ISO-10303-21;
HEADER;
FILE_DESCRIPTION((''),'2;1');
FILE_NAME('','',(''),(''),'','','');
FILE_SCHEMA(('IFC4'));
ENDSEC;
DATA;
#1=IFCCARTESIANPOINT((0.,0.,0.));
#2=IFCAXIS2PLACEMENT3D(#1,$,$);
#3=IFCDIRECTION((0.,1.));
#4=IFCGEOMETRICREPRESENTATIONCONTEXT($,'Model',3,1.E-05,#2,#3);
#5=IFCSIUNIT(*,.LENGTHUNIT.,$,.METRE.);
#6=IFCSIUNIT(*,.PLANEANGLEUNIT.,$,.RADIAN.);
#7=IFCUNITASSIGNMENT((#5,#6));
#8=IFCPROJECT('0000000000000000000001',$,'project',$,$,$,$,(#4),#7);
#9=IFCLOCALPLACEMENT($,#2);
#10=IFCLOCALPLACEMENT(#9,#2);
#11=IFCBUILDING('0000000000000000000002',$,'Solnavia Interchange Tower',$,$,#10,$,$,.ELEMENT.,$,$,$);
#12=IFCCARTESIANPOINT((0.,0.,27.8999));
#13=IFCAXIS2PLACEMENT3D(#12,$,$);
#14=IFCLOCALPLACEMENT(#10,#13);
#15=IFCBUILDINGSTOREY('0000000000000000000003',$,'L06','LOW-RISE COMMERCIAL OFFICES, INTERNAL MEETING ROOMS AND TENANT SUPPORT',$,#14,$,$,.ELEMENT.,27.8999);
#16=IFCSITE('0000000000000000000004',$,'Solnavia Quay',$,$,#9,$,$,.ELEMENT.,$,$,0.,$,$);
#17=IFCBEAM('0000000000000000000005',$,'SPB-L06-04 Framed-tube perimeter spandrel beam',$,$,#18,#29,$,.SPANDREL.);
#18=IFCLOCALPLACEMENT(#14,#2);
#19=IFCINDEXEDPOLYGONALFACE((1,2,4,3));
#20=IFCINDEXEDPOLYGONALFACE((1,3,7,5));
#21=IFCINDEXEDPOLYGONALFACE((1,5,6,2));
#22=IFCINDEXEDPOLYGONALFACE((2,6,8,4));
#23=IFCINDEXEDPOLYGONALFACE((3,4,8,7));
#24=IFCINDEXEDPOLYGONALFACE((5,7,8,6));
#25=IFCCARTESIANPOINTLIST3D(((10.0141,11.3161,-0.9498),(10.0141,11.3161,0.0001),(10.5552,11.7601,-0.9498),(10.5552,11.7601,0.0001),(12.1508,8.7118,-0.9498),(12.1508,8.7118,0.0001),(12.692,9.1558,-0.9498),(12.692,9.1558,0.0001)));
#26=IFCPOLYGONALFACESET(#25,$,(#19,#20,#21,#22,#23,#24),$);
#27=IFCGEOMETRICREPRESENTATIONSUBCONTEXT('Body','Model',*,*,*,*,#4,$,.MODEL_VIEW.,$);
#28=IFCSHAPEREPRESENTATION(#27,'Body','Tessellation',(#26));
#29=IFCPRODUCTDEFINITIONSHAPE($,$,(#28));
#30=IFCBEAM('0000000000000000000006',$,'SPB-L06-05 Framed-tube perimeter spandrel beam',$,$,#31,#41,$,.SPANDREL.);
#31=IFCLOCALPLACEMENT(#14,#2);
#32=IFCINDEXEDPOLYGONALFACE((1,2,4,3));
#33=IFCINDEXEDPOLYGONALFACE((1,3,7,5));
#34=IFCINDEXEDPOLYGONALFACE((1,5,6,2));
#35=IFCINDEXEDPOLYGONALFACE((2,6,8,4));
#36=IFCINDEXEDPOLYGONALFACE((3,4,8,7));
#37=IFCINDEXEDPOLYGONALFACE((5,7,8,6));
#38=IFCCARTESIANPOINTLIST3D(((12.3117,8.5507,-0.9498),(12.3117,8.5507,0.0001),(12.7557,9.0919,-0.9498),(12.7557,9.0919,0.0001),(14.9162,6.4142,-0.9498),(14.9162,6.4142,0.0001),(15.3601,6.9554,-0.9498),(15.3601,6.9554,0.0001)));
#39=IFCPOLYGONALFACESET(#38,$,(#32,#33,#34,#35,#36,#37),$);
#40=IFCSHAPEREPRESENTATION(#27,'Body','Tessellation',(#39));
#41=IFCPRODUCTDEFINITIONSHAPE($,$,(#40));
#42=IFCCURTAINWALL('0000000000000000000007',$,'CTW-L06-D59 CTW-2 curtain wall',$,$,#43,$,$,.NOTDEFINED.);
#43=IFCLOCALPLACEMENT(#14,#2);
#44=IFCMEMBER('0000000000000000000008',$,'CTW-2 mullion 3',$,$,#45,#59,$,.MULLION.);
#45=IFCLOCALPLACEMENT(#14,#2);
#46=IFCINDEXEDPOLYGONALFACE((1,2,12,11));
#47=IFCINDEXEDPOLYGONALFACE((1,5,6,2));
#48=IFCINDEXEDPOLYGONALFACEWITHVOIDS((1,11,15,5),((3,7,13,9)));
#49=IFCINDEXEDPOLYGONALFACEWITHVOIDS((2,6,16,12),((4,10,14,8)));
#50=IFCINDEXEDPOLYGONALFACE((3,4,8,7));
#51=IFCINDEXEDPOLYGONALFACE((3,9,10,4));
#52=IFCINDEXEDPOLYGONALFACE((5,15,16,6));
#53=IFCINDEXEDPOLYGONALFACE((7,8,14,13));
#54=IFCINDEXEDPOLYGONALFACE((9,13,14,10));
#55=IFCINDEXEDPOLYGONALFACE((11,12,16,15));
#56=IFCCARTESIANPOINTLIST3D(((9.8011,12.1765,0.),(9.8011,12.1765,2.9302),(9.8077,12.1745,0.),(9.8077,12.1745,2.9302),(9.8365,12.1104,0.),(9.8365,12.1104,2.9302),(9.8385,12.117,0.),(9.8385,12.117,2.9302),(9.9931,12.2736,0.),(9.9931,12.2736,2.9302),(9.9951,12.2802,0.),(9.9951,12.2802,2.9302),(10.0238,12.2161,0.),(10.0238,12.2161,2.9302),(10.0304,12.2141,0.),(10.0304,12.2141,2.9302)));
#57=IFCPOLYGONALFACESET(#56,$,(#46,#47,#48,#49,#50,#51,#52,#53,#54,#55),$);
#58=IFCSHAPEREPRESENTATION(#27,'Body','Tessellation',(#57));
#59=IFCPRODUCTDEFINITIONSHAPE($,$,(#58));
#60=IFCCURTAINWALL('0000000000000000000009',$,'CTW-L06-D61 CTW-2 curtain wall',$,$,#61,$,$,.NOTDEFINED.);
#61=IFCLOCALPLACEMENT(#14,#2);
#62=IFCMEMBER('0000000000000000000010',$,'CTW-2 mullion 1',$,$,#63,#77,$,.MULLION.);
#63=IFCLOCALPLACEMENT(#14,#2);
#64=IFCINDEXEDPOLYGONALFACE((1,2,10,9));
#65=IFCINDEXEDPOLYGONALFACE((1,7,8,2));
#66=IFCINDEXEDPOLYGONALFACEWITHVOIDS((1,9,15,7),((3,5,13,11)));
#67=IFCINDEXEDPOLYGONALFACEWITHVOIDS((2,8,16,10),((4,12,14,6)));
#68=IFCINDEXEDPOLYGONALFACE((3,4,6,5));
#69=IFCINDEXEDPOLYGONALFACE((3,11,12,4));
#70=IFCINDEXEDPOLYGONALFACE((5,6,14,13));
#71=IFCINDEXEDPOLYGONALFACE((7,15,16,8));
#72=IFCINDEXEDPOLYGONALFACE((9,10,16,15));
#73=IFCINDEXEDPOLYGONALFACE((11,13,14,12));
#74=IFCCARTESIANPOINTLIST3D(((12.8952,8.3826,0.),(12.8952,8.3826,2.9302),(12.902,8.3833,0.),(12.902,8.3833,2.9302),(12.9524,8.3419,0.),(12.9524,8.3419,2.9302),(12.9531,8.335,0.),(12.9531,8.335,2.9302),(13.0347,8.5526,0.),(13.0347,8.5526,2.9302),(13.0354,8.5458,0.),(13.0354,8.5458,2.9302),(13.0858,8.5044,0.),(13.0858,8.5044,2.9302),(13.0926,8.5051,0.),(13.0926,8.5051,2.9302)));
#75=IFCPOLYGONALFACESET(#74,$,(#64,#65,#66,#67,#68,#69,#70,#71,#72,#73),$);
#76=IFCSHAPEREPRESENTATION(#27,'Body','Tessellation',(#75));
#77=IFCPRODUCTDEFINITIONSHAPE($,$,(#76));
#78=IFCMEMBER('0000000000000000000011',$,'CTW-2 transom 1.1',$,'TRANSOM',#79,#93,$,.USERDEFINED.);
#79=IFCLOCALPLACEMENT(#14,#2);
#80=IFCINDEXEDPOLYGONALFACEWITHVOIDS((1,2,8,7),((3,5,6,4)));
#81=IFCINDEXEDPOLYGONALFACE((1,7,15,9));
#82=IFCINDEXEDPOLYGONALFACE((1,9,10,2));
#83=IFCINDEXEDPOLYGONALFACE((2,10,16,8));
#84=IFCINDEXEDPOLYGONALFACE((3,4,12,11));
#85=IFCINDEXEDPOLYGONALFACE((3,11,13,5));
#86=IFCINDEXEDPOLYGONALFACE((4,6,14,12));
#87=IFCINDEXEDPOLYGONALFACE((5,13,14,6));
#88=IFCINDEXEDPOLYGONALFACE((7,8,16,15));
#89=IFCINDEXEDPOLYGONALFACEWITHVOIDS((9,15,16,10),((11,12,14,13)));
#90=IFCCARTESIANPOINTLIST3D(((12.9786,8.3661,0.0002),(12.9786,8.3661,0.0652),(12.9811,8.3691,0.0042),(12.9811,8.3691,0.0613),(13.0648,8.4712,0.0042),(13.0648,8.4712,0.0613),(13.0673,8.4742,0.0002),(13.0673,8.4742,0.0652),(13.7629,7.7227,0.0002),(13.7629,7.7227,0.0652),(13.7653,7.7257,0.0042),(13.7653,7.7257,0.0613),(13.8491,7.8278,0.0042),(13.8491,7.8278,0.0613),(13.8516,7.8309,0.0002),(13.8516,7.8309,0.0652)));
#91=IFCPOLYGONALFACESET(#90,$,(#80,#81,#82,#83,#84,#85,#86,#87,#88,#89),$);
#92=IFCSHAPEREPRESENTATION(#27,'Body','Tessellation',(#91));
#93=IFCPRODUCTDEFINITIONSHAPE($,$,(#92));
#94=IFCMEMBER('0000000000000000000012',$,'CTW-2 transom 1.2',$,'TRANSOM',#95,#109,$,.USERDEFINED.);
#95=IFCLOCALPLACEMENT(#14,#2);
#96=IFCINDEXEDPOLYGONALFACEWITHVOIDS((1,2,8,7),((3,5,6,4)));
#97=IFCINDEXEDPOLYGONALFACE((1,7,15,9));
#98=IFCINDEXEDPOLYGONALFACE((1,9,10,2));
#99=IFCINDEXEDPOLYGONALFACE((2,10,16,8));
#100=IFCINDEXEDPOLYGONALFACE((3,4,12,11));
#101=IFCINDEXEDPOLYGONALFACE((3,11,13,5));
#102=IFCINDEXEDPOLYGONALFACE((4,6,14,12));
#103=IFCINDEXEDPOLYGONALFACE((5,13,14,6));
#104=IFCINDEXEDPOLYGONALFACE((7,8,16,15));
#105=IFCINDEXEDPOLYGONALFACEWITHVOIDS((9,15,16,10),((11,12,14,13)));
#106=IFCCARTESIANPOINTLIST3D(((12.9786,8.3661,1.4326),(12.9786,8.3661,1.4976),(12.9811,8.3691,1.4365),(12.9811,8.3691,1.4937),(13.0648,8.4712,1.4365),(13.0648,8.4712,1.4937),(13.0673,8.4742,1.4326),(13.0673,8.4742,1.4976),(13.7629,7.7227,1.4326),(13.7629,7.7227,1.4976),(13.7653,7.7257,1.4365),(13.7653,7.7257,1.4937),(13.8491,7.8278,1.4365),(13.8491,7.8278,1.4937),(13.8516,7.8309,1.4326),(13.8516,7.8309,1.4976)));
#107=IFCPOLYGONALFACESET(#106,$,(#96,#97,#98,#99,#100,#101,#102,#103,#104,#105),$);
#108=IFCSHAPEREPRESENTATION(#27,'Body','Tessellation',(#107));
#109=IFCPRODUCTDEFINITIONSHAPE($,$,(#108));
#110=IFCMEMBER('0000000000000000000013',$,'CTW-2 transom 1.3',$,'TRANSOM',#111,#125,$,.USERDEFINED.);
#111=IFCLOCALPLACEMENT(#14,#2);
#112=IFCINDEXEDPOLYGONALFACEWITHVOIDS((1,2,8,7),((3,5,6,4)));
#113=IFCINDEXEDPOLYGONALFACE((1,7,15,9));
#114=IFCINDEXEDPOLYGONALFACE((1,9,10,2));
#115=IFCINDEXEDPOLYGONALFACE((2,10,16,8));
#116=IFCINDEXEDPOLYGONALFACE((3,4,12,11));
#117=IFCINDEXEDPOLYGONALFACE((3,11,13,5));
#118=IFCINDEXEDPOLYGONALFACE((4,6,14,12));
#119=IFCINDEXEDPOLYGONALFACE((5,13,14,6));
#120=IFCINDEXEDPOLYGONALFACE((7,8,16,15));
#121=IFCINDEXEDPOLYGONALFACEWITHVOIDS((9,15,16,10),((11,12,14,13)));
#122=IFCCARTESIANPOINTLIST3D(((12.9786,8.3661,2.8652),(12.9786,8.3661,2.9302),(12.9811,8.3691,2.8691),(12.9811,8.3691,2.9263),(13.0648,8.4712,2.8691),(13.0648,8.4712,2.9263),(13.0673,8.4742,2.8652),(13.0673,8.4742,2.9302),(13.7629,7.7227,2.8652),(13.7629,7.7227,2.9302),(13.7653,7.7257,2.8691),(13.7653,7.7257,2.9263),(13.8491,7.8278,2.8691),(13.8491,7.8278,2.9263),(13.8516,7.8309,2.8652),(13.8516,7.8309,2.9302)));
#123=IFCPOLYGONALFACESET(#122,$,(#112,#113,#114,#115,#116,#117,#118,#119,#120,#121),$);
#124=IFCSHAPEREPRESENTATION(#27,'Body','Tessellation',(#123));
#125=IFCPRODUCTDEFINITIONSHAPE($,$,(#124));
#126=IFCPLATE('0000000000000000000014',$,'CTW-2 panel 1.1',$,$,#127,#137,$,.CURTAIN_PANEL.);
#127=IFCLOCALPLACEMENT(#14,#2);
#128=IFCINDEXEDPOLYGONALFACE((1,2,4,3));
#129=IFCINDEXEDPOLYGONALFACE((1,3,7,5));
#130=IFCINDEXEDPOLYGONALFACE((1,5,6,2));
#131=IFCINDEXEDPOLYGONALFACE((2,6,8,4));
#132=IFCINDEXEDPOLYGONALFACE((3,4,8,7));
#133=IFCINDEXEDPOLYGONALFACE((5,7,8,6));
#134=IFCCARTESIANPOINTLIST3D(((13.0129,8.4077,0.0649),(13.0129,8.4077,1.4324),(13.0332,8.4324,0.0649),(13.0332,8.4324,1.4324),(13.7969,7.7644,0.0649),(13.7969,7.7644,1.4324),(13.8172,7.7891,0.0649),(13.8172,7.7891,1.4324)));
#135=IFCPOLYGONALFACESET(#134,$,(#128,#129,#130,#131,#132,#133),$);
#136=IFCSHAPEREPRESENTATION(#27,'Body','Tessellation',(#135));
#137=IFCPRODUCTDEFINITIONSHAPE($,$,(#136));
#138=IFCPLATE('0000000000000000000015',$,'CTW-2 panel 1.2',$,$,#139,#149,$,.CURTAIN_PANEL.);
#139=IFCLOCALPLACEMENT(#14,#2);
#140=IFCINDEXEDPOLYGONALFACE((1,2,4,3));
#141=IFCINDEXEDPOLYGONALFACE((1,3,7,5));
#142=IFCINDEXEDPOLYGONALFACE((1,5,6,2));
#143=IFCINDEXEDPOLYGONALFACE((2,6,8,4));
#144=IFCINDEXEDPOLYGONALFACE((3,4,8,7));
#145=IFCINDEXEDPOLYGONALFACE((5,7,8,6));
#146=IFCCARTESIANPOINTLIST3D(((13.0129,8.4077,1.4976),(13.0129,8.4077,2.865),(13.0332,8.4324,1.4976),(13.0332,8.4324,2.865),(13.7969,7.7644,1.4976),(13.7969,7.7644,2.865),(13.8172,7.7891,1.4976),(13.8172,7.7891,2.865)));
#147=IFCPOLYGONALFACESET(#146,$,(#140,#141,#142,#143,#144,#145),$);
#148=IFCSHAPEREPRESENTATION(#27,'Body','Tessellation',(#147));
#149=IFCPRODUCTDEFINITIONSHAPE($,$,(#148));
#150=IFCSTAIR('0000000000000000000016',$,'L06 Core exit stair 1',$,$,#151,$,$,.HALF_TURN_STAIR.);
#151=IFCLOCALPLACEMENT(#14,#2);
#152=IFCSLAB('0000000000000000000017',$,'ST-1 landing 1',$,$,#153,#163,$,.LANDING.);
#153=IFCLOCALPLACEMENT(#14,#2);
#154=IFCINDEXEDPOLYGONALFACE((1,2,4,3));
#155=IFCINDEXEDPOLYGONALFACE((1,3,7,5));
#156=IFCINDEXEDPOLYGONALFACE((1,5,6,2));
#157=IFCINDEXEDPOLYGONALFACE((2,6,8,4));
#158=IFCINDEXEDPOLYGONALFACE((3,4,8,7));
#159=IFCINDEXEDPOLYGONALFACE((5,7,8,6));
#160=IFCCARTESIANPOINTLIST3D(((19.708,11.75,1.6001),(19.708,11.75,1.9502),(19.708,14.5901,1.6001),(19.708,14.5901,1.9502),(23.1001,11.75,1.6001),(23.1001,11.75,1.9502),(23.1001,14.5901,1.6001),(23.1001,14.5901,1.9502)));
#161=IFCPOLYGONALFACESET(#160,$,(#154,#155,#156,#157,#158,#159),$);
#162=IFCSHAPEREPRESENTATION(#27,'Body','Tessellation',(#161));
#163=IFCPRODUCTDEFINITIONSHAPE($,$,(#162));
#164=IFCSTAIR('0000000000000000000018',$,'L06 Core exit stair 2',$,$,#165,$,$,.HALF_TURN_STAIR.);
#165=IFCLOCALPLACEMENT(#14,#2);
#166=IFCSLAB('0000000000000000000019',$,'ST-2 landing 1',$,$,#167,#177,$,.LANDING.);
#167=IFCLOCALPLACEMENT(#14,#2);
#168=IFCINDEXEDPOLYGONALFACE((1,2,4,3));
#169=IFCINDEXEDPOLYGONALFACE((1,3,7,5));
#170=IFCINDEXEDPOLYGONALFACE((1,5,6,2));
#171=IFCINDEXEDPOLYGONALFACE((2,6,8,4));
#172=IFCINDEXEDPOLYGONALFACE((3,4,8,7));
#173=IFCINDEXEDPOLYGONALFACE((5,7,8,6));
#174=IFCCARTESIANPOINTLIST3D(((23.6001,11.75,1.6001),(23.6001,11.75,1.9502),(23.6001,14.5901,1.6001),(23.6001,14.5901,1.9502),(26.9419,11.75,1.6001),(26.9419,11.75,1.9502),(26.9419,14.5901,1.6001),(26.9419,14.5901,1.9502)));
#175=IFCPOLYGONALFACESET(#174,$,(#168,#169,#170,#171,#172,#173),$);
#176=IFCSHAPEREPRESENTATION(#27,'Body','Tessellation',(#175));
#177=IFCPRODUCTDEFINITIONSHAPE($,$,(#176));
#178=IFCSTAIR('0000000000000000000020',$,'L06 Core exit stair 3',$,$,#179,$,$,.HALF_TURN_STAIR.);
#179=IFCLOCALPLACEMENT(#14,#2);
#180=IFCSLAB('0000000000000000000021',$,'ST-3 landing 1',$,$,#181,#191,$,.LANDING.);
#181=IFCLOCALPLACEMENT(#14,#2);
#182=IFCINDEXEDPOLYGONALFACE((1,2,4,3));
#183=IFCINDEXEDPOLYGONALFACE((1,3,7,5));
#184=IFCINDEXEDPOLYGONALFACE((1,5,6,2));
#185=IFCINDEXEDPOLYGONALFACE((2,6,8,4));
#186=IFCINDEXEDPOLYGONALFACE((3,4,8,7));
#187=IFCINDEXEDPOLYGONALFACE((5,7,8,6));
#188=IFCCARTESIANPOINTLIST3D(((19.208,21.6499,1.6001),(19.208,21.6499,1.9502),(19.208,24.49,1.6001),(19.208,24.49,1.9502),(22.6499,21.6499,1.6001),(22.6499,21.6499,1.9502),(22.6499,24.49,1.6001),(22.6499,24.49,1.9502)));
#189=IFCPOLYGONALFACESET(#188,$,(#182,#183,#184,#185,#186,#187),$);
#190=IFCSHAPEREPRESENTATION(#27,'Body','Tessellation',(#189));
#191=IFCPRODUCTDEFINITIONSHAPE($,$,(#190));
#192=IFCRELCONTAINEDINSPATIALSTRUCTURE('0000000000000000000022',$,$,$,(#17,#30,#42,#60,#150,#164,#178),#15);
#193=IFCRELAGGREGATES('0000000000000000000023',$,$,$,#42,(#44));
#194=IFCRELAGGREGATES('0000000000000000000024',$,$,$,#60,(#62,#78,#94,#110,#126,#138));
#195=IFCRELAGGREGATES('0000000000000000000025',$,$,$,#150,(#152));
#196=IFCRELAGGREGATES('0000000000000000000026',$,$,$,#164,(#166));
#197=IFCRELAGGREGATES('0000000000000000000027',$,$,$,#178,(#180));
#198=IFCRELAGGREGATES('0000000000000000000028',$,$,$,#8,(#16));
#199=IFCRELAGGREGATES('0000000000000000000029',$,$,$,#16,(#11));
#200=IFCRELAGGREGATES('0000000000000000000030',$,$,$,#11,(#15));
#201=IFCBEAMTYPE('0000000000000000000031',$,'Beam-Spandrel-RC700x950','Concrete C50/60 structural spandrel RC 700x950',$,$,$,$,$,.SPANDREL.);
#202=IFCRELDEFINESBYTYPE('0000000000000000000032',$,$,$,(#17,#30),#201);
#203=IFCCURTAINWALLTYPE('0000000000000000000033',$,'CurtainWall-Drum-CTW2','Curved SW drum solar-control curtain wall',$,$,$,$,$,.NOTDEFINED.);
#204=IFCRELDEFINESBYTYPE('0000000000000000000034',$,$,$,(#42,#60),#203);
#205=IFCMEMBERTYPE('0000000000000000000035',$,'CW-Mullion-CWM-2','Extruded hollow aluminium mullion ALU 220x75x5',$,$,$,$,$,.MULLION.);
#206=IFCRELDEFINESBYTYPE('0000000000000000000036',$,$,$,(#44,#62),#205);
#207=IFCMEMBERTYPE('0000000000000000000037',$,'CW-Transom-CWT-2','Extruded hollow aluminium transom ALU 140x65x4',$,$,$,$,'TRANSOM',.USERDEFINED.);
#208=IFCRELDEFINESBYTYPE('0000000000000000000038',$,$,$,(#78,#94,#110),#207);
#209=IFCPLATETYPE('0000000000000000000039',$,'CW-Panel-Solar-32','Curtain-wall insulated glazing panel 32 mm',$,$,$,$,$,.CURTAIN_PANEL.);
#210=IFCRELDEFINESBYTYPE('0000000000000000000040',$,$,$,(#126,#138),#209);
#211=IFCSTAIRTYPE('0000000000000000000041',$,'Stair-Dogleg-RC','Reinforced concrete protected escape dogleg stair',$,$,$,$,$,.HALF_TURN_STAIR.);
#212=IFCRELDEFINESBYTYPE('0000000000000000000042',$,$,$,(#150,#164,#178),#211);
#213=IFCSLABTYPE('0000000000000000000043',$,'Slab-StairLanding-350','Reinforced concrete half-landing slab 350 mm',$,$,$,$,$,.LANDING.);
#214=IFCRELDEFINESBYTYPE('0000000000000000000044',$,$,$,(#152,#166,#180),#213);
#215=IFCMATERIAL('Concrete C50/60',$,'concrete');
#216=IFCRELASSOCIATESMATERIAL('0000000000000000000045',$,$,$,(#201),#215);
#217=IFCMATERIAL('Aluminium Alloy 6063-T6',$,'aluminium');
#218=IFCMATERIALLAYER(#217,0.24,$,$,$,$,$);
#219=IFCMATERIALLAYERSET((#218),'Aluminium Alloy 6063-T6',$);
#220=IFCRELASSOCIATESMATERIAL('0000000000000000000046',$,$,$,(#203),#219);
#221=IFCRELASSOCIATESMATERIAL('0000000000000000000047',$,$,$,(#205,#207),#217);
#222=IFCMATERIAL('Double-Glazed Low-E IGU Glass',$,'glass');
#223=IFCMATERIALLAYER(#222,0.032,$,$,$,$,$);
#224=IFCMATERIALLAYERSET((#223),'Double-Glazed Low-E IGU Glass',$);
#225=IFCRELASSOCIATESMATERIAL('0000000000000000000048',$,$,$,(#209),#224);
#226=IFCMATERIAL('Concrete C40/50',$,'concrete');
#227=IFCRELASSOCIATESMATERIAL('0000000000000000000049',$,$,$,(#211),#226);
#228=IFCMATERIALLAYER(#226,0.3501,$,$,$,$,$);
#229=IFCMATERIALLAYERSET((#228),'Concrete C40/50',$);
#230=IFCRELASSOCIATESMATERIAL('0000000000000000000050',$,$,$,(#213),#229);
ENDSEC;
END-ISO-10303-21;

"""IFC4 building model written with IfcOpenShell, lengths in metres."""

from ifc_helpers import new_model, si_unit, direction, frame, origin, origin_2d, place, context, subcontext, project, spatial, polyline, rectangle, hollow_rectangle, outline, extrude, material, layer, layer_set, material_profile, profile_set, type_object, element, aggregate, save


model = new_model("IFC4")

# Units and contexts
model_context = context("Model", 3, precision=1e-05, world=origin(), true_north=direction((0.0, 1.0)))
body_context = subcontext(model_context, "Body", "Model", "MODEL_VIEW")
ifc_project = project(units=[si_unit("LENGTHUNIT", "METRE"), si_unit("PLANEANGLEUNIT", "RADIAN")], contexts=[model_context])

# Site, building, storey
site_placement = place(None, origin())
site = spatial("IfcSite", under=ifc_project, at=site_placement, Name="Solnavia Quay", CompositionType="ELEMENT", RefElevation=0.0)
building_placement = place(site_placement, origin())
building = spatial("IfcBuilding", under=site, at=building_placement, Name="Solnavia Interchange Tower", CompositionType="ELEMENT")
storey_placement = place(building_placement, frame((0.0, 0.0, 27.8999)))
storey = spatial("IfcBuildingStorey", under=building, at=storey_placement, Name="L06", Description="LOW-RISE COMMERCIAL OFFICES, INTERNAL MEETING ROOMS AND TENANT SUPPORT", CompositionType="ELEMENT", Elevation=27.8999)

# Beams
ifc_material_1 = material(Name="Concrete C50/60", Category="concrete")
ifc_material_profile_1 = material_profile(ifc_material_1, rectangle(XDim=0.7, YDim=0.95, at=origin_2d()), Name="RC 700x950")
ifc_profile_set_1 = profile_set([ifc_material_profile_1], Name="Concrete C50/60")
beam_type_1 = type_object("IfcBeamType", Name="Beam-Spandrel-RC700x950", Description="Concrete C50/60 structural spandrel RC 700x950", PredefinedType="SPANDREL", material=ifc_profile_set_1)
for number, where, z_axis, x_axis, name in (
    (1, (10.2847, 11.5381, -0.4749), (0.634299, -0.773088, 0.0), (0.773088, 0.634299, 0.0), "SPB-L06-04 Framed-tube perimeter spandrel beam"),
    (2, (12.5337, 8.8213, -0.4749), (0.773153, -0.63422, 0.0), (0.63422, 0.773153, 0.0), "SPB-L06-05 Framed-tube perimeter spandrel beam"),
):
    element("IfcBeam", number, at=place(storey_placement, frame(where, z_axis=z_axis, x_axis=x_axis)), inside=storey, type_object=beam_type_1, Name=name, PredefinedType="SPANDREL", context=body_context, shape_type="SweptSolid", body=[
        extrude(rectangle(XDim=0.7, YDim=0.95, at=origin_2d()), origin(), (0.0, 0.0, 1.0), 3.3687),
    ])

# Curtain wall, member
ifc_material_2 = material(Name="Aluminium Alloy 6063-T6", Category="aluminium")
ifc_layer_1 = layer(ifc_material_2, 0.24)
ifc_layer_set_1 = layer_set([ifc_layer_1], Name="Aluminium Alloy 6063-T6")
curtain_wall_type = type_object("IfcCurtainWallType", Name="CurtainWall-Drum-CTW2", Description="Curved SW drum solar-control curtain wall", PredefinedType="NOTDEFINED", material=ifc_layer_set_1)
curtain_wall_1_placement = place(storey_placement, origin())
curtain_wall_1 = element("IfcCurtainWall", 3, at=curtain_wall_1_placement, inside=storey, type_object=curtain_wall_type, Name="CTW-L06-D59 CTW-2 curtain wall", PredefinedType="NOTDEFINED")
ifc_material_profile_2 = material_profile(ifc_material_2, hollow_rectangle(XDim=0.075, YDim=0.22, WallThickness=0.0049, at=origin_2d()), Name="ALU 220x75x5")
ifc_profile_set_2 = profile_set([ifc_material_profile_2], Name="Aluminium Alloy 6063-T6")
member_type_1 = type_object("IfcMemberType", Name="CW-Mullion-CWM-2", Description="Extruded hollow aluminium mullion ALU 220x75x5", PredefinedType="MULLION", material=ifc_profile_set_2)
member_1_placement = place(storey_placement, frame((9.9158, 12.1953, 0.0), z_axis=(0.0, 0.0, 1.0), x_axis=(0.471537, -0.881846, 0.0)))
member_1 = element("IfcMember", 4, at=member_1_placement, type_object=member_type_1, Name="CTW-2 mullion 3", PredefinedType="MULLION", context=body_context, shape_type="SweptSolid", body=[
    extrude(hollow_rectangle(XDim=0.075, YDim=0.22, WallThickness=0.0049, at=origin_2d()), origin(), (0.0, 0.0, 1.0), 2.9302),
])
aggregate(curtain_wall_1, [member_1])

# Curtain wall, members, plates
curtain_wall_2_placement = place(storey_placement, origin())
curtain_wall_2 = element("IfcCurtainWall", 5, at=curtain_wall_2_placement, inside=storey, type_object=curtain_wall_type, Name="CTW-L06-D61 CTW-2 curtain wall", PredefinedType="NOTDEFINED")
member_2_placement = place(storey_placement, frame((12.9939, 8.4438, 0.0), z_axis=(0.0, 0.0, 1.0), x_axis=(0.773095, -0.634291, 0.0)))
member_2 = element("IfcMember", 6, at=member_2_placement, type_object=member_type_1, Name="CTW-2 mullion 1", PredefinedType="MULLION", context=body_context, shape_type="SweptSolid", body=[
    extrude(hollow_rectangle(XDim=0.075, YDim=0.22, WallThickness=0.0049, at=origin_2d()), origin(), (0.0, 0.0, 1.0), 2.9302),
])
ifc_material_profile_3 = material_profile(ifc_material_2, hollow_rectangle(XDim=0.0649, YDim=0.1399, WallThickness=0.0039, at=origin_2d()), Name="ALU 140x65x4")
ifc_profile_set_3 = profile_set([ifc_material_profile_3], Name="Aluminium Alloy 6063-T6")
member_type_2 = type_object("IfcMemberType", Name="CW-Transom-CWT-2", Description="Extruded hollow aluminium transom ALU 140x65x4", ElementType="TRANSOM", PredefinedType="USERDEFINED", material=ifc_profile_set_3)
member_3_placement = place(storey_placement, frame((13.0229, 8.4202, 0.0327), z_axis=(0.773131, -0.634247, 0.0), x_axis=(0.0, 0.0, 1.0)))
member_3 = element("IfcMember", 7, at=member_3_placement, type_object=member_type_2, Name="CTW-2 transom 1.1", ObjectType="TRANSOM", PredefinedType="USERDEFINED", context=body_context, shape_type="SweptSolid", body=[
    extrude(hollow_rectangle(XDim=0.0649, YDim=0.1399, WallThickness=0.0039, at=origin_2d()), origin(), (0.0, 0.0, 1.0), 1.0144),
])
member_4_placement = place(storey_placement, frame((13.0229, 8.4202, 1.4651), z_axis=(0.773131, -0.634247, 0.0), x_axis=(0.0, 0.0, 1.0)))
member_4 = element("IfcMember", 8, at=member_4_placement, type_object=member_type_2, Name="CTW-2 transom 1.2", ObjectType="TRANSOM", PredefinedType="USERDEFINED", context=body_context, shape_type="SweptSolid", body=[
    extrude(hollow_rectangle(XDim=0.0649, YDim=0.1399, WallThickness=0.0039, at=origin_2d()), origin(), (0.0, 0.0, 1.0), 1.0144),
])
member_5_placement = place(storey_placement, frame((13.0229, 8.4202, 2.8977), z_axis=(0.773131, -0.634247, 0.0), x_axis=(0.0, 0.0, 1.0)))
member_5 = element("IfcMember", 9, at=member_5_placement, type_object=member_type_2, Name="CTW-2 transom 1.3", ObjectType="TRANSOM", PredefinedType="USERDEFINED", context=body_context, shape_type="SweptSolid", body=[
    extrude(hollow_rectangle(XDim=0.0649, YDim=0.1399, WallThickness=0.0039, at=origin_2d()), origin(), (0.0, 0.0, 1.0), 1.0144),
])
ifc_material_3 = material(Name="Double-Glazed Low-E IGU Glass", Category="glass")
ifc_layer_2 = layer(ifc_material_3, 0.032)
ifc_layer_set_2 = layer_set([ifc_layer_2], Name="Double-Glazed Low-E IGU Glass")
plate_type = type_object("IfcPlateType", Name="CW-Panel-Solar-32", Description="Curtain-wall insulated glazing panel 32 mm", PredefinedType="CURTAIN_PANEL", material=ifc_layer_set_2)
plate_1_placement = place(storey_placement, frame((13.415, 8.0984, 0.0649), z_axis=(0.0, 0.0, 1.0), x_axis=(0.773095, -0.634291, 0.0)))
plate_1 = element("IfcPlate", 10, at=plate_1_placement, type_object=plate_type, Name="CTW-2 panel 1.1", PredefinedType="CURTAIN_PANEL", context=body_context, shape_type="SweptSolid", body=[
    extrude(rectangle(XDim=1.0142, YDim=0.032, at=origin_2d()), origin(), (0.0, 0.0, 1.0), 1.3674),
])
plate_2_placement = place(storey_placement, frame((13.415, 8.0984, 1.4976), z_axis=(0.0, 0.0, 1.0), x_axis=(0.773095, -0.634291, 0.0)))
plate_2 = element("IfcPlate", 11, at=plate_2_placement, type_object=plate_type, Name="CTW-2 panel 1.2", PredefinedType="CURTAIN_PANEL", context=body_context, shape_type="SweptSolid", body=[
    extrude(rectangle(XDim=1.0142, YDim=0.032, at=origin_2d()), origin(), (0.0, 0.0, 1.0), 1.3674),
])
aggregate(curtain_wall_2, [member_2, member_3, member_4, member_5, plate_1, plate_2])

# Stairs, slabs
ifc_material_4 = material(Name="Concrete C40/50", Category="concrete")
stair_type = type_object("IfcStairType", Name="Stair-Dogleg-RC", Description="Reinforced concrete protected escape dogleg stair", PredefinedType="HALF_TURN_STAIR", material=ifc_material_4)
stair_1_placement = place(storey_placement, origin())
stair_1 = element("IfcStair", 12, at=stair_1_placement, inside=storey, type_object=stair_type, Name="L06 Core exit stair 1", PredefinedType="HALF_TURN_STAIR")
ifc_layer_3 = layer(ifc_material_4, 0.3501)
ifc_layer_set_3 = layer_set([ifc_layer_3], Name="Concrete C40/50")
slab_type_1 = type_object("IfcSlabType", Name="Slab-StairLanding-350", Description="Reinforced concrete half-landing slab 350 mm", PredefinedType="LANDING", material=ifc_layer_set_3)
slab_1_placement = place(storey_placement, frame((0.0, 0.0, 1.6001)))
slab_1 = element("IfcSlab", 13, at=slab_1_placement, type_object=slab_type_1, Name="ST-1 landing 1", PredefinedType="LANDING", context=body_context, shape_type="SweptSolid", body=[
    extrude(outline(polyline([(19.708, 11.75), (23.1001, 11.75), (23.1001, 14.5901), (19.708, 14.5901), (19.708, 11.75)])), origin(), (0.0, 0.0, 1.0), 0.3501),
])
aggregate(stair_1, [slab_1])
stair_2_placement = place(storey_placement, origin())
stair_2 = element("IfcStair", 14, at=stair_2_placement, inside=storey, type_object=stair_type, Name="L06 Core exit stair 2", PredefinedType="HALF_TURN_STAIR")
slab_2_placement = place(storey_placement, frame((0.0, 0.0, 1.6001)))
slab_2 = element("IfcSlab", 15, at=slab_2_placement, type_object=slab_type_1, Name="ST-2 landing 1", PredefinedType="LANDING", context=body_context, shape_type="SweptSolid", body=[
    extrude(outline(polyline([(23.6001, 11.75), (26.9419, 11.75), (26.9419, 14.5901), (23.6001, 14.5901), (23.6001, 11.75)])), origin(), (0.0, 0.0, 1.0), 0.3501),
])
aggregate(stair_2, [slab_2])
stair_3_placement = place(storey_placement, origin())
stair_3 = element("IfcStair", 16, at=stair_3_placement, inside=storey, type_object=stair_type, Name="L06 Core exit stair 3", PredefinedType="HALF_TURN_STAIR")
slab_3_placement = place(storey_placement, frame((0.0, 0.0, 1.6001)))
slab_3 = element("IfcSlab", 17, at=slab_3_placement, type_object=slab_type_1, Name="ST-3 landing 1", PredefinedType="LANDING", context=body_context, shape_type="SweptSolid", body=[
    extrude(outline(polyline([(19.208, 21.6499), (22.6499, 21.6499), (22.6499, 24.49), (19.208, 24.49), (19.208, 21.6499)])), origin(), (0.0, 0.0, 1.0), 0.3501),
])
aggregate(stair_3, [slab_3])

save(model, "model.ifc")
